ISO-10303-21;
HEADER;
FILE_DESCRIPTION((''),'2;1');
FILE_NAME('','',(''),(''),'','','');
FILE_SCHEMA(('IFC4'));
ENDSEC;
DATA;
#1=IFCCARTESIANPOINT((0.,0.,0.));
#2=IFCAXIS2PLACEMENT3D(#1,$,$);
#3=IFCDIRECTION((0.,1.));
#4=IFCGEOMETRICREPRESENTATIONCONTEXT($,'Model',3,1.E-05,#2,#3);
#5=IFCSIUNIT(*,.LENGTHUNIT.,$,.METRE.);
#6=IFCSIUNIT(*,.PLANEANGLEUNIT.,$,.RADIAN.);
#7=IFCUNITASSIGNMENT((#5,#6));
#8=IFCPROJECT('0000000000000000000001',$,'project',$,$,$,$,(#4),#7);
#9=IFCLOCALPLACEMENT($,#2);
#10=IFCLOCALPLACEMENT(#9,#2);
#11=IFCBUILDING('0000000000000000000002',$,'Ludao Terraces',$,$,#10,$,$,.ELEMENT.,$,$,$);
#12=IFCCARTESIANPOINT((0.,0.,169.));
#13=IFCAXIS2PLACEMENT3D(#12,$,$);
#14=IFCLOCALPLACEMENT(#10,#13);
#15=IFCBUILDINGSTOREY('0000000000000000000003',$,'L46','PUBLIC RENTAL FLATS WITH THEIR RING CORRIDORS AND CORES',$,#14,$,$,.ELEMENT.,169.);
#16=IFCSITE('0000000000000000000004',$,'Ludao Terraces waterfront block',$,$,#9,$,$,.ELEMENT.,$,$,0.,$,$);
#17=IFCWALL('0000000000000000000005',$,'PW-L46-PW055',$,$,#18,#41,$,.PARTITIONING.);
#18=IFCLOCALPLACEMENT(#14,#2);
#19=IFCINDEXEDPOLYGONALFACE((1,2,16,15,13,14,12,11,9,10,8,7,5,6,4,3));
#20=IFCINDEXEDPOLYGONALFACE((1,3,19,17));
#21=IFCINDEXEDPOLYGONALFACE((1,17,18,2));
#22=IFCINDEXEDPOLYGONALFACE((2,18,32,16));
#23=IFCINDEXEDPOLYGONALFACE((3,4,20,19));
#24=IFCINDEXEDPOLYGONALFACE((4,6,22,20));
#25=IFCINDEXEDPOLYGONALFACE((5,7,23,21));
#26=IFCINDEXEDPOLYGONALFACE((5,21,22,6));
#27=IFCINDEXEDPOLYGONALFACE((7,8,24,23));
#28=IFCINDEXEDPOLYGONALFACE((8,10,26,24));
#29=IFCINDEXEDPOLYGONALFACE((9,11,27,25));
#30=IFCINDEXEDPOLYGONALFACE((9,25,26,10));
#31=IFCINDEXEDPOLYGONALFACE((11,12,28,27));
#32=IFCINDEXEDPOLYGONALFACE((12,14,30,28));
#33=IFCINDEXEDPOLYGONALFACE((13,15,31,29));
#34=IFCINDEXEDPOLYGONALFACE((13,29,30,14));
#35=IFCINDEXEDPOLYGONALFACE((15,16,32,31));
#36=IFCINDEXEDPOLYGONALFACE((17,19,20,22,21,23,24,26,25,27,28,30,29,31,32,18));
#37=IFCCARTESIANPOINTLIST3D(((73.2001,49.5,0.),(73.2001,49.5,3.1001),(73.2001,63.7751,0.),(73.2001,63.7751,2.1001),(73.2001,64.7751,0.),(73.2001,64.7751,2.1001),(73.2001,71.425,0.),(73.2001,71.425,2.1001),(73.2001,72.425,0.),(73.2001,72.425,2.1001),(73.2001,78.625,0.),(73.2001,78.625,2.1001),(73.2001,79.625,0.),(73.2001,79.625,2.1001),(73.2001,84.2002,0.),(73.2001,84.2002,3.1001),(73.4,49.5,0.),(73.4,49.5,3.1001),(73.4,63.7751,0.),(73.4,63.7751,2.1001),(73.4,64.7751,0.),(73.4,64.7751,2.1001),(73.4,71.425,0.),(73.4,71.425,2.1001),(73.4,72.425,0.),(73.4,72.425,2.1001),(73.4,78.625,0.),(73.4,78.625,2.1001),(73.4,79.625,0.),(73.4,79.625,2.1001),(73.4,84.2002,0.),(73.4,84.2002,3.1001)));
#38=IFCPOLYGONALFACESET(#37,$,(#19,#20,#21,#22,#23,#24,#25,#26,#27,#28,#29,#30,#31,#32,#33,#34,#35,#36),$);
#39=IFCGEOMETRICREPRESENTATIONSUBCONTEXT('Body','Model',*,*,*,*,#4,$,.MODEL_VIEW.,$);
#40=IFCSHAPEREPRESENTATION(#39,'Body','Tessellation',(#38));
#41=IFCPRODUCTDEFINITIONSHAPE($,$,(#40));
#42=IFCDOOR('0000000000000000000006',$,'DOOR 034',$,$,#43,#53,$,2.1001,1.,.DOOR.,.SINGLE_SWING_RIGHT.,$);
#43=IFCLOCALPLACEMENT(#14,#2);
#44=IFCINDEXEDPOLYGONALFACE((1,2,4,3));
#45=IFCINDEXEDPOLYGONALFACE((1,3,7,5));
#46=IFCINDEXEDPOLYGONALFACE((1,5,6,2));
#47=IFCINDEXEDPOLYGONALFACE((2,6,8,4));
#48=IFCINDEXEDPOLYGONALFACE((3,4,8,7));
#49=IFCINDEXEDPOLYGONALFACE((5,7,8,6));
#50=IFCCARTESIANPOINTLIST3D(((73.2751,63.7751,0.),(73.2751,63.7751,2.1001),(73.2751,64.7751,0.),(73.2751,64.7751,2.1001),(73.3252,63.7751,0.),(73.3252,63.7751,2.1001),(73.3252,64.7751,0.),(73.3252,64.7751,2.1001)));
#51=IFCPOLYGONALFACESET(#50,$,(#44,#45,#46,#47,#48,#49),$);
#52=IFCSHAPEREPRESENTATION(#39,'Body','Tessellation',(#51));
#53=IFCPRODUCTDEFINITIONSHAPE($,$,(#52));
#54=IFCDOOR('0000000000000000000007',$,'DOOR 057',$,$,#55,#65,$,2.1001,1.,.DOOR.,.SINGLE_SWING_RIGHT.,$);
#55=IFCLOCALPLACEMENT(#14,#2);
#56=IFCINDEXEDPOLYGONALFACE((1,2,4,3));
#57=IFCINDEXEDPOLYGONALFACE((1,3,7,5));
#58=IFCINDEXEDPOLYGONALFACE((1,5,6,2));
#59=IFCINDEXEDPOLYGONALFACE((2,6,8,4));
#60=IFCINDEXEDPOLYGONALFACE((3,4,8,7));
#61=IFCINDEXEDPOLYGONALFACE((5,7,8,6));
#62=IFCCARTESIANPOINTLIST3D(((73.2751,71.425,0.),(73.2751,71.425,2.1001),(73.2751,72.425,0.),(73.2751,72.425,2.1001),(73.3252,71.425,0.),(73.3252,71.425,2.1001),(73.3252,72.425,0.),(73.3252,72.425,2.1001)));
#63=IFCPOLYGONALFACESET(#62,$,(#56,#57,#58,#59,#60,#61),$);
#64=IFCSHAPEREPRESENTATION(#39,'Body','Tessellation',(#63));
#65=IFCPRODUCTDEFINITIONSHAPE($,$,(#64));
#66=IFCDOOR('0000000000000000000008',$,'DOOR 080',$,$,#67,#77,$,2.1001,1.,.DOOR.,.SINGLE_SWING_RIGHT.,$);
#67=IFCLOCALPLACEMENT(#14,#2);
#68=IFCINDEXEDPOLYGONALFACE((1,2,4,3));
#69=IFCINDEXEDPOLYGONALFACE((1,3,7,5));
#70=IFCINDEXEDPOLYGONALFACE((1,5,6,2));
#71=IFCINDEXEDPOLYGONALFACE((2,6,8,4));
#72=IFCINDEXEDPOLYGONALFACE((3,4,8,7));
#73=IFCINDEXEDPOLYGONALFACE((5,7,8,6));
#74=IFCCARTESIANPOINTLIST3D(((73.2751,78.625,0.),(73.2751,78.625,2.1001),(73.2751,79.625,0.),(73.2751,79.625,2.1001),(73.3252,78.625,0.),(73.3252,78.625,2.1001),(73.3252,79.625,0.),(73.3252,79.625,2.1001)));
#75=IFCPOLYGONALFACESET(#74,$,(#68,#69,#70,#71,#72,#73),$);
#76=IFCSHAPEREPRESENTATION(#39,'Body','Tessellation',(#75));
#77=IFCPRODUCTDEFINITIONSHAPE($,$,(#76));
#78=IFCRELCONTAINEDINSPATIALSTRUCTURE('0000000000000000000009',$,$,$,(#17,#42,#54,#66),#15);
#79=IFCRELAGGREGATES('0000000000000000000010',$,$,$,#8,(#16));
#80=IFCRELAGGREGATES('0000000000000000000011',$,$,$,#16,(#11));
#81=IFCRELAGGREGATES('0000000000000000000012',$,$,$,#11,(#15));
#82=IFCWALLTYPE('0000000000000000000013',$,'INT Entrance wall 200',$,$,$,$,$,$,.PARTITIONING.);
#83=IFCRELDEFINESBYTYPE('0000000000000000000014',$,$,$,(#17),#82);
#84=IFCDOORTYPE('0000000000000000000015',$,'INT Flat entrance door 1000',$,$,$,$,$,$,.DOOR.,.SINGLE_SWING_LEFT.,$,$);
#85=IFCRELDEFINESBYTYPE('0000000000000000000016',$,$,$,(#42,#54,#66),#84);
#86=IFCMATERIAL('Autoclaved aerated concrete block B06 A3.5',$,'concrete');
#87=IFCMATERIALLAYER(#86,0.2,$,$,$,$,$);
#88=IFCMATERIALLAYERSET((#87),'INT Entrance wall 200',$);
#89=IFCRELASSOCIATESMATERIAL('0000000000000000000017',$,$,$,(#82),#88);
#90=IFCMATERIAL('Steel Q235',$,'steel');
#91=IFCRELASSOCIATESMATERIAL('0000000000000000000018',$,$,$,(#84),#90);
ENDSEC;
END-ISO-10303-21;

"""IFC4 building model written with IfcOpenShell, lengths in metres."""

from ifc_helpers import new_model, si_unit, direction, frame, frame_2d, origin, place, context, subcontext, project, spatial, rectangle, extrude, material, layer, layer_set, type_object, element, fill, save


model = new_model("IFC4")

# Units and contexts
model_context = context("Model", 3, precision=1e-05, world=origin(), true_north=direction((0.0, 1.0)))
body_context = subcontext(model_context, "Body", "Model", "MODEL_VIEW")
ifc_project = project(units=[si_unit("LENGTHUNIT", "METRE"), si_unit("PLANEANGLEUNIT", "RADIAN")], contexts=[model_context])

# Site, building, storey
site_placement = place(None, origin())
site = spatial("IfcSite", under=ifc_project, at=site_placement, Name="Ludao Terraces waterfront block", CompositionType="ELEMENT", RefElevation=0.0)
building_placement = place(site_placement, origin())
building = spatial("IfcBuilding", under=site, at=building_placement, Name="Ludao Terraces", CompositionType="ELEMENT")
storey_placement = place(building_placement, frame((0.0, 0.0, 169.0)))
storey = spatial("IfcBuildingStorey", under=building, at=storey_placement, Name="L46", Description="PUBLIC RENTAL FLATS WITH THEIR RING CORRIDORS AND CORES", CompositionType="ELEMENT", Elevation=169.0)

# Shared definitions
ifc_material_1 = material(Name="Steel Q235", Category="steel")

# Wall, openings, doors
ifc_material_2 = material(Name="Autoclaved aerated concrete block B06 A3.5", Category="concrete")
ifc_layer_1 = layer(ifc_material_2, 0.2)
ifc_layer_set_1 = layer_set([ifc_layer_1], Name="INT Entrance wall 200")
wall_type_1 = type_object("IfcWallType", Name="INT Entrance wall 200", PredefinedType="PARTITIONING", material=ifc_layer_set_1)
wall_1_placement = place(storey_placement, frame((73.3, 49.5, 0.0), z_axis=(0.0, 0.0, 1.0), x_axis=(0.0, 1.0, 0.0)))
wall_1 = element("IfcWall", 1, at=wall_1_placement, inside=storey, type_object=wall_type_1, Name="PW-L46-PW055", PredefinedType="PARTITIONING", context=body_context, shape_type="SweptSolid", body=[
    extrude(rectangle(XDim=34.7002, YDim=0.2, at=frame_2d((17.3501, 0.0))), origin(), (0.0, 0.0, 1.0), 3.1001),
])
opening_1_placement = place(wall_1_placement, frame((14.2751, 0.0, 0.0)))
opening_1 = element("IfcOpeningElement", 2, at=opening_1_placement, cuts=wall_1, PredefinedType="OPENING", context=body_context, shape_type="SweptSolid", body=[
    extrude(rectangle(XDim=1.0, YDim=2.1001, at=frame_2d((0.5, 1.05))), frame((0.0, 0.1099, 0.0), z_axis=(0.0, -1.0, 0.0), x_axis=(1.0, 0.0, 0.0)), (0.0, 0.0, 1.0), 0.22),
])
opening_2_placement = place(wall_1_placement, frame((21.925, 0.0, 0.0)))
opening_2 = element("IfcOpeningElement", 3, at=opening_2_placement, cuts=wall_1, PredefinedType="OPENING", context=body_context, shape_type="SweptSolid", body=[
    extrude(rectangle(XDim=1.0, YDim=2.1001, at=frame_2d((0.5, 1.05))), frame((0.0, 0.1099, 0.0), z_axis=(0.0, -1.0, 0.0), x_axis=(1.0, 0.0, 0.0)), (0.0, 0.0, 1.0), 0.22),
])
opening_3_placement = place(wall_1_placement, frame((29.125, 0.0, 0.0)))
opening_3 = element("IfcOpeningElement", 4, at=opening_3_placement, cuts=wall_1, PredefinedType="OPENING", context=body_context, shape_type="SweptSolid", body=[
    extrude(rectangle(XDim=1.0, YDim=2.1001, at=frame_2d((0.5, 1.05))), frame((0.0, 0.1099, 0.0), z_axis=(0.0, -1.0, 0.0), x_axis=(1.0, 0.0, 0.0)), (0.0, 0.0, 1.0), 0.22),
])
door_type_1 = type_object("IfcDoorType", Name="INT Flat entrance door 1000", OperationType="SINGLE_SWING_LEFT", PredefinedType="DOOR", material=ifc_material_1)
door_1_placement = place(opening_1_placement, origin())
door_1 = element("IfcDoor", 5, at=door_1_placement, inside=storey, type_object=door_type_1, Name="DOOR 034", OperationType="SINGLE_SWING_RIGHT", OverallHeight=2.1001, OverallWidth=1.0, PredefinedType="DOOR", context=body_context, shape_type="SweptSolid", body=[
    extrude(rectangle(XDim=1.0, YDim=2.1001, at=frame_2d((0.5, 1.05))), frame((0.0, 0.0249, 0.0), z_axis=(0.0, -1.0, 0.0), x_axis=(1.0, 0.0, 0.0)), (0.0, 0.0, 1.0), 0.05),
])
fill(opening_1, door_1)
door_2_placement = place(opening_2_placement, origin())
door_2 = element("IfcDoor", 6, at=door_2_placement, inside=storey, type_object=door_type_1, Name="DOOR 057", OperationType="SINGLE_SWING_RIGHT", OverallHeight=2.1001, OverallWidth=1.0, PredefinedType="DOOR", context=body_context, shape_type="SweptSolid", body=[
    extrude(rectangle(XDim=1.0, YDim=2.1001, at=frame_2d((0.5, 1.05))), frame((0.0, 0.0249, 0.0), z_axis=(0.0, -1.0, 0.0), x_axis=(1.0, 0.0, 0.0)), (0.0, 0.0, 1.0), 0.05),
])
fill(opening_2, door_2)
door_3_placement = place(opening_3_placement, origin())
door_3 = element("IfcDoor", 7, at=door_3_placement, inside=storey, type_object=door_type_1, Name="DOOR 080", OperationType="SINGLE_SWING_RIGHT", OverallHeight=2.1001, OverallWidth=1.0, PredefinedType="DOOR", context=body_context, shape_type="SweptSolid", body=[
    extrude(rectangle(XDim=1.0, YDim=2.1001, at=frame_2d((0.5, 1.05))), frame((0.0, 0.0249, 0.0), z_axis=(0.0, -1.0, 0.0), x_axis=(1.0, 0.0, 0.0)), (0.0, 0.0, 1.0), 0.05),
])
fill(opening_3, door_3)

save(model, "model.ifc")
